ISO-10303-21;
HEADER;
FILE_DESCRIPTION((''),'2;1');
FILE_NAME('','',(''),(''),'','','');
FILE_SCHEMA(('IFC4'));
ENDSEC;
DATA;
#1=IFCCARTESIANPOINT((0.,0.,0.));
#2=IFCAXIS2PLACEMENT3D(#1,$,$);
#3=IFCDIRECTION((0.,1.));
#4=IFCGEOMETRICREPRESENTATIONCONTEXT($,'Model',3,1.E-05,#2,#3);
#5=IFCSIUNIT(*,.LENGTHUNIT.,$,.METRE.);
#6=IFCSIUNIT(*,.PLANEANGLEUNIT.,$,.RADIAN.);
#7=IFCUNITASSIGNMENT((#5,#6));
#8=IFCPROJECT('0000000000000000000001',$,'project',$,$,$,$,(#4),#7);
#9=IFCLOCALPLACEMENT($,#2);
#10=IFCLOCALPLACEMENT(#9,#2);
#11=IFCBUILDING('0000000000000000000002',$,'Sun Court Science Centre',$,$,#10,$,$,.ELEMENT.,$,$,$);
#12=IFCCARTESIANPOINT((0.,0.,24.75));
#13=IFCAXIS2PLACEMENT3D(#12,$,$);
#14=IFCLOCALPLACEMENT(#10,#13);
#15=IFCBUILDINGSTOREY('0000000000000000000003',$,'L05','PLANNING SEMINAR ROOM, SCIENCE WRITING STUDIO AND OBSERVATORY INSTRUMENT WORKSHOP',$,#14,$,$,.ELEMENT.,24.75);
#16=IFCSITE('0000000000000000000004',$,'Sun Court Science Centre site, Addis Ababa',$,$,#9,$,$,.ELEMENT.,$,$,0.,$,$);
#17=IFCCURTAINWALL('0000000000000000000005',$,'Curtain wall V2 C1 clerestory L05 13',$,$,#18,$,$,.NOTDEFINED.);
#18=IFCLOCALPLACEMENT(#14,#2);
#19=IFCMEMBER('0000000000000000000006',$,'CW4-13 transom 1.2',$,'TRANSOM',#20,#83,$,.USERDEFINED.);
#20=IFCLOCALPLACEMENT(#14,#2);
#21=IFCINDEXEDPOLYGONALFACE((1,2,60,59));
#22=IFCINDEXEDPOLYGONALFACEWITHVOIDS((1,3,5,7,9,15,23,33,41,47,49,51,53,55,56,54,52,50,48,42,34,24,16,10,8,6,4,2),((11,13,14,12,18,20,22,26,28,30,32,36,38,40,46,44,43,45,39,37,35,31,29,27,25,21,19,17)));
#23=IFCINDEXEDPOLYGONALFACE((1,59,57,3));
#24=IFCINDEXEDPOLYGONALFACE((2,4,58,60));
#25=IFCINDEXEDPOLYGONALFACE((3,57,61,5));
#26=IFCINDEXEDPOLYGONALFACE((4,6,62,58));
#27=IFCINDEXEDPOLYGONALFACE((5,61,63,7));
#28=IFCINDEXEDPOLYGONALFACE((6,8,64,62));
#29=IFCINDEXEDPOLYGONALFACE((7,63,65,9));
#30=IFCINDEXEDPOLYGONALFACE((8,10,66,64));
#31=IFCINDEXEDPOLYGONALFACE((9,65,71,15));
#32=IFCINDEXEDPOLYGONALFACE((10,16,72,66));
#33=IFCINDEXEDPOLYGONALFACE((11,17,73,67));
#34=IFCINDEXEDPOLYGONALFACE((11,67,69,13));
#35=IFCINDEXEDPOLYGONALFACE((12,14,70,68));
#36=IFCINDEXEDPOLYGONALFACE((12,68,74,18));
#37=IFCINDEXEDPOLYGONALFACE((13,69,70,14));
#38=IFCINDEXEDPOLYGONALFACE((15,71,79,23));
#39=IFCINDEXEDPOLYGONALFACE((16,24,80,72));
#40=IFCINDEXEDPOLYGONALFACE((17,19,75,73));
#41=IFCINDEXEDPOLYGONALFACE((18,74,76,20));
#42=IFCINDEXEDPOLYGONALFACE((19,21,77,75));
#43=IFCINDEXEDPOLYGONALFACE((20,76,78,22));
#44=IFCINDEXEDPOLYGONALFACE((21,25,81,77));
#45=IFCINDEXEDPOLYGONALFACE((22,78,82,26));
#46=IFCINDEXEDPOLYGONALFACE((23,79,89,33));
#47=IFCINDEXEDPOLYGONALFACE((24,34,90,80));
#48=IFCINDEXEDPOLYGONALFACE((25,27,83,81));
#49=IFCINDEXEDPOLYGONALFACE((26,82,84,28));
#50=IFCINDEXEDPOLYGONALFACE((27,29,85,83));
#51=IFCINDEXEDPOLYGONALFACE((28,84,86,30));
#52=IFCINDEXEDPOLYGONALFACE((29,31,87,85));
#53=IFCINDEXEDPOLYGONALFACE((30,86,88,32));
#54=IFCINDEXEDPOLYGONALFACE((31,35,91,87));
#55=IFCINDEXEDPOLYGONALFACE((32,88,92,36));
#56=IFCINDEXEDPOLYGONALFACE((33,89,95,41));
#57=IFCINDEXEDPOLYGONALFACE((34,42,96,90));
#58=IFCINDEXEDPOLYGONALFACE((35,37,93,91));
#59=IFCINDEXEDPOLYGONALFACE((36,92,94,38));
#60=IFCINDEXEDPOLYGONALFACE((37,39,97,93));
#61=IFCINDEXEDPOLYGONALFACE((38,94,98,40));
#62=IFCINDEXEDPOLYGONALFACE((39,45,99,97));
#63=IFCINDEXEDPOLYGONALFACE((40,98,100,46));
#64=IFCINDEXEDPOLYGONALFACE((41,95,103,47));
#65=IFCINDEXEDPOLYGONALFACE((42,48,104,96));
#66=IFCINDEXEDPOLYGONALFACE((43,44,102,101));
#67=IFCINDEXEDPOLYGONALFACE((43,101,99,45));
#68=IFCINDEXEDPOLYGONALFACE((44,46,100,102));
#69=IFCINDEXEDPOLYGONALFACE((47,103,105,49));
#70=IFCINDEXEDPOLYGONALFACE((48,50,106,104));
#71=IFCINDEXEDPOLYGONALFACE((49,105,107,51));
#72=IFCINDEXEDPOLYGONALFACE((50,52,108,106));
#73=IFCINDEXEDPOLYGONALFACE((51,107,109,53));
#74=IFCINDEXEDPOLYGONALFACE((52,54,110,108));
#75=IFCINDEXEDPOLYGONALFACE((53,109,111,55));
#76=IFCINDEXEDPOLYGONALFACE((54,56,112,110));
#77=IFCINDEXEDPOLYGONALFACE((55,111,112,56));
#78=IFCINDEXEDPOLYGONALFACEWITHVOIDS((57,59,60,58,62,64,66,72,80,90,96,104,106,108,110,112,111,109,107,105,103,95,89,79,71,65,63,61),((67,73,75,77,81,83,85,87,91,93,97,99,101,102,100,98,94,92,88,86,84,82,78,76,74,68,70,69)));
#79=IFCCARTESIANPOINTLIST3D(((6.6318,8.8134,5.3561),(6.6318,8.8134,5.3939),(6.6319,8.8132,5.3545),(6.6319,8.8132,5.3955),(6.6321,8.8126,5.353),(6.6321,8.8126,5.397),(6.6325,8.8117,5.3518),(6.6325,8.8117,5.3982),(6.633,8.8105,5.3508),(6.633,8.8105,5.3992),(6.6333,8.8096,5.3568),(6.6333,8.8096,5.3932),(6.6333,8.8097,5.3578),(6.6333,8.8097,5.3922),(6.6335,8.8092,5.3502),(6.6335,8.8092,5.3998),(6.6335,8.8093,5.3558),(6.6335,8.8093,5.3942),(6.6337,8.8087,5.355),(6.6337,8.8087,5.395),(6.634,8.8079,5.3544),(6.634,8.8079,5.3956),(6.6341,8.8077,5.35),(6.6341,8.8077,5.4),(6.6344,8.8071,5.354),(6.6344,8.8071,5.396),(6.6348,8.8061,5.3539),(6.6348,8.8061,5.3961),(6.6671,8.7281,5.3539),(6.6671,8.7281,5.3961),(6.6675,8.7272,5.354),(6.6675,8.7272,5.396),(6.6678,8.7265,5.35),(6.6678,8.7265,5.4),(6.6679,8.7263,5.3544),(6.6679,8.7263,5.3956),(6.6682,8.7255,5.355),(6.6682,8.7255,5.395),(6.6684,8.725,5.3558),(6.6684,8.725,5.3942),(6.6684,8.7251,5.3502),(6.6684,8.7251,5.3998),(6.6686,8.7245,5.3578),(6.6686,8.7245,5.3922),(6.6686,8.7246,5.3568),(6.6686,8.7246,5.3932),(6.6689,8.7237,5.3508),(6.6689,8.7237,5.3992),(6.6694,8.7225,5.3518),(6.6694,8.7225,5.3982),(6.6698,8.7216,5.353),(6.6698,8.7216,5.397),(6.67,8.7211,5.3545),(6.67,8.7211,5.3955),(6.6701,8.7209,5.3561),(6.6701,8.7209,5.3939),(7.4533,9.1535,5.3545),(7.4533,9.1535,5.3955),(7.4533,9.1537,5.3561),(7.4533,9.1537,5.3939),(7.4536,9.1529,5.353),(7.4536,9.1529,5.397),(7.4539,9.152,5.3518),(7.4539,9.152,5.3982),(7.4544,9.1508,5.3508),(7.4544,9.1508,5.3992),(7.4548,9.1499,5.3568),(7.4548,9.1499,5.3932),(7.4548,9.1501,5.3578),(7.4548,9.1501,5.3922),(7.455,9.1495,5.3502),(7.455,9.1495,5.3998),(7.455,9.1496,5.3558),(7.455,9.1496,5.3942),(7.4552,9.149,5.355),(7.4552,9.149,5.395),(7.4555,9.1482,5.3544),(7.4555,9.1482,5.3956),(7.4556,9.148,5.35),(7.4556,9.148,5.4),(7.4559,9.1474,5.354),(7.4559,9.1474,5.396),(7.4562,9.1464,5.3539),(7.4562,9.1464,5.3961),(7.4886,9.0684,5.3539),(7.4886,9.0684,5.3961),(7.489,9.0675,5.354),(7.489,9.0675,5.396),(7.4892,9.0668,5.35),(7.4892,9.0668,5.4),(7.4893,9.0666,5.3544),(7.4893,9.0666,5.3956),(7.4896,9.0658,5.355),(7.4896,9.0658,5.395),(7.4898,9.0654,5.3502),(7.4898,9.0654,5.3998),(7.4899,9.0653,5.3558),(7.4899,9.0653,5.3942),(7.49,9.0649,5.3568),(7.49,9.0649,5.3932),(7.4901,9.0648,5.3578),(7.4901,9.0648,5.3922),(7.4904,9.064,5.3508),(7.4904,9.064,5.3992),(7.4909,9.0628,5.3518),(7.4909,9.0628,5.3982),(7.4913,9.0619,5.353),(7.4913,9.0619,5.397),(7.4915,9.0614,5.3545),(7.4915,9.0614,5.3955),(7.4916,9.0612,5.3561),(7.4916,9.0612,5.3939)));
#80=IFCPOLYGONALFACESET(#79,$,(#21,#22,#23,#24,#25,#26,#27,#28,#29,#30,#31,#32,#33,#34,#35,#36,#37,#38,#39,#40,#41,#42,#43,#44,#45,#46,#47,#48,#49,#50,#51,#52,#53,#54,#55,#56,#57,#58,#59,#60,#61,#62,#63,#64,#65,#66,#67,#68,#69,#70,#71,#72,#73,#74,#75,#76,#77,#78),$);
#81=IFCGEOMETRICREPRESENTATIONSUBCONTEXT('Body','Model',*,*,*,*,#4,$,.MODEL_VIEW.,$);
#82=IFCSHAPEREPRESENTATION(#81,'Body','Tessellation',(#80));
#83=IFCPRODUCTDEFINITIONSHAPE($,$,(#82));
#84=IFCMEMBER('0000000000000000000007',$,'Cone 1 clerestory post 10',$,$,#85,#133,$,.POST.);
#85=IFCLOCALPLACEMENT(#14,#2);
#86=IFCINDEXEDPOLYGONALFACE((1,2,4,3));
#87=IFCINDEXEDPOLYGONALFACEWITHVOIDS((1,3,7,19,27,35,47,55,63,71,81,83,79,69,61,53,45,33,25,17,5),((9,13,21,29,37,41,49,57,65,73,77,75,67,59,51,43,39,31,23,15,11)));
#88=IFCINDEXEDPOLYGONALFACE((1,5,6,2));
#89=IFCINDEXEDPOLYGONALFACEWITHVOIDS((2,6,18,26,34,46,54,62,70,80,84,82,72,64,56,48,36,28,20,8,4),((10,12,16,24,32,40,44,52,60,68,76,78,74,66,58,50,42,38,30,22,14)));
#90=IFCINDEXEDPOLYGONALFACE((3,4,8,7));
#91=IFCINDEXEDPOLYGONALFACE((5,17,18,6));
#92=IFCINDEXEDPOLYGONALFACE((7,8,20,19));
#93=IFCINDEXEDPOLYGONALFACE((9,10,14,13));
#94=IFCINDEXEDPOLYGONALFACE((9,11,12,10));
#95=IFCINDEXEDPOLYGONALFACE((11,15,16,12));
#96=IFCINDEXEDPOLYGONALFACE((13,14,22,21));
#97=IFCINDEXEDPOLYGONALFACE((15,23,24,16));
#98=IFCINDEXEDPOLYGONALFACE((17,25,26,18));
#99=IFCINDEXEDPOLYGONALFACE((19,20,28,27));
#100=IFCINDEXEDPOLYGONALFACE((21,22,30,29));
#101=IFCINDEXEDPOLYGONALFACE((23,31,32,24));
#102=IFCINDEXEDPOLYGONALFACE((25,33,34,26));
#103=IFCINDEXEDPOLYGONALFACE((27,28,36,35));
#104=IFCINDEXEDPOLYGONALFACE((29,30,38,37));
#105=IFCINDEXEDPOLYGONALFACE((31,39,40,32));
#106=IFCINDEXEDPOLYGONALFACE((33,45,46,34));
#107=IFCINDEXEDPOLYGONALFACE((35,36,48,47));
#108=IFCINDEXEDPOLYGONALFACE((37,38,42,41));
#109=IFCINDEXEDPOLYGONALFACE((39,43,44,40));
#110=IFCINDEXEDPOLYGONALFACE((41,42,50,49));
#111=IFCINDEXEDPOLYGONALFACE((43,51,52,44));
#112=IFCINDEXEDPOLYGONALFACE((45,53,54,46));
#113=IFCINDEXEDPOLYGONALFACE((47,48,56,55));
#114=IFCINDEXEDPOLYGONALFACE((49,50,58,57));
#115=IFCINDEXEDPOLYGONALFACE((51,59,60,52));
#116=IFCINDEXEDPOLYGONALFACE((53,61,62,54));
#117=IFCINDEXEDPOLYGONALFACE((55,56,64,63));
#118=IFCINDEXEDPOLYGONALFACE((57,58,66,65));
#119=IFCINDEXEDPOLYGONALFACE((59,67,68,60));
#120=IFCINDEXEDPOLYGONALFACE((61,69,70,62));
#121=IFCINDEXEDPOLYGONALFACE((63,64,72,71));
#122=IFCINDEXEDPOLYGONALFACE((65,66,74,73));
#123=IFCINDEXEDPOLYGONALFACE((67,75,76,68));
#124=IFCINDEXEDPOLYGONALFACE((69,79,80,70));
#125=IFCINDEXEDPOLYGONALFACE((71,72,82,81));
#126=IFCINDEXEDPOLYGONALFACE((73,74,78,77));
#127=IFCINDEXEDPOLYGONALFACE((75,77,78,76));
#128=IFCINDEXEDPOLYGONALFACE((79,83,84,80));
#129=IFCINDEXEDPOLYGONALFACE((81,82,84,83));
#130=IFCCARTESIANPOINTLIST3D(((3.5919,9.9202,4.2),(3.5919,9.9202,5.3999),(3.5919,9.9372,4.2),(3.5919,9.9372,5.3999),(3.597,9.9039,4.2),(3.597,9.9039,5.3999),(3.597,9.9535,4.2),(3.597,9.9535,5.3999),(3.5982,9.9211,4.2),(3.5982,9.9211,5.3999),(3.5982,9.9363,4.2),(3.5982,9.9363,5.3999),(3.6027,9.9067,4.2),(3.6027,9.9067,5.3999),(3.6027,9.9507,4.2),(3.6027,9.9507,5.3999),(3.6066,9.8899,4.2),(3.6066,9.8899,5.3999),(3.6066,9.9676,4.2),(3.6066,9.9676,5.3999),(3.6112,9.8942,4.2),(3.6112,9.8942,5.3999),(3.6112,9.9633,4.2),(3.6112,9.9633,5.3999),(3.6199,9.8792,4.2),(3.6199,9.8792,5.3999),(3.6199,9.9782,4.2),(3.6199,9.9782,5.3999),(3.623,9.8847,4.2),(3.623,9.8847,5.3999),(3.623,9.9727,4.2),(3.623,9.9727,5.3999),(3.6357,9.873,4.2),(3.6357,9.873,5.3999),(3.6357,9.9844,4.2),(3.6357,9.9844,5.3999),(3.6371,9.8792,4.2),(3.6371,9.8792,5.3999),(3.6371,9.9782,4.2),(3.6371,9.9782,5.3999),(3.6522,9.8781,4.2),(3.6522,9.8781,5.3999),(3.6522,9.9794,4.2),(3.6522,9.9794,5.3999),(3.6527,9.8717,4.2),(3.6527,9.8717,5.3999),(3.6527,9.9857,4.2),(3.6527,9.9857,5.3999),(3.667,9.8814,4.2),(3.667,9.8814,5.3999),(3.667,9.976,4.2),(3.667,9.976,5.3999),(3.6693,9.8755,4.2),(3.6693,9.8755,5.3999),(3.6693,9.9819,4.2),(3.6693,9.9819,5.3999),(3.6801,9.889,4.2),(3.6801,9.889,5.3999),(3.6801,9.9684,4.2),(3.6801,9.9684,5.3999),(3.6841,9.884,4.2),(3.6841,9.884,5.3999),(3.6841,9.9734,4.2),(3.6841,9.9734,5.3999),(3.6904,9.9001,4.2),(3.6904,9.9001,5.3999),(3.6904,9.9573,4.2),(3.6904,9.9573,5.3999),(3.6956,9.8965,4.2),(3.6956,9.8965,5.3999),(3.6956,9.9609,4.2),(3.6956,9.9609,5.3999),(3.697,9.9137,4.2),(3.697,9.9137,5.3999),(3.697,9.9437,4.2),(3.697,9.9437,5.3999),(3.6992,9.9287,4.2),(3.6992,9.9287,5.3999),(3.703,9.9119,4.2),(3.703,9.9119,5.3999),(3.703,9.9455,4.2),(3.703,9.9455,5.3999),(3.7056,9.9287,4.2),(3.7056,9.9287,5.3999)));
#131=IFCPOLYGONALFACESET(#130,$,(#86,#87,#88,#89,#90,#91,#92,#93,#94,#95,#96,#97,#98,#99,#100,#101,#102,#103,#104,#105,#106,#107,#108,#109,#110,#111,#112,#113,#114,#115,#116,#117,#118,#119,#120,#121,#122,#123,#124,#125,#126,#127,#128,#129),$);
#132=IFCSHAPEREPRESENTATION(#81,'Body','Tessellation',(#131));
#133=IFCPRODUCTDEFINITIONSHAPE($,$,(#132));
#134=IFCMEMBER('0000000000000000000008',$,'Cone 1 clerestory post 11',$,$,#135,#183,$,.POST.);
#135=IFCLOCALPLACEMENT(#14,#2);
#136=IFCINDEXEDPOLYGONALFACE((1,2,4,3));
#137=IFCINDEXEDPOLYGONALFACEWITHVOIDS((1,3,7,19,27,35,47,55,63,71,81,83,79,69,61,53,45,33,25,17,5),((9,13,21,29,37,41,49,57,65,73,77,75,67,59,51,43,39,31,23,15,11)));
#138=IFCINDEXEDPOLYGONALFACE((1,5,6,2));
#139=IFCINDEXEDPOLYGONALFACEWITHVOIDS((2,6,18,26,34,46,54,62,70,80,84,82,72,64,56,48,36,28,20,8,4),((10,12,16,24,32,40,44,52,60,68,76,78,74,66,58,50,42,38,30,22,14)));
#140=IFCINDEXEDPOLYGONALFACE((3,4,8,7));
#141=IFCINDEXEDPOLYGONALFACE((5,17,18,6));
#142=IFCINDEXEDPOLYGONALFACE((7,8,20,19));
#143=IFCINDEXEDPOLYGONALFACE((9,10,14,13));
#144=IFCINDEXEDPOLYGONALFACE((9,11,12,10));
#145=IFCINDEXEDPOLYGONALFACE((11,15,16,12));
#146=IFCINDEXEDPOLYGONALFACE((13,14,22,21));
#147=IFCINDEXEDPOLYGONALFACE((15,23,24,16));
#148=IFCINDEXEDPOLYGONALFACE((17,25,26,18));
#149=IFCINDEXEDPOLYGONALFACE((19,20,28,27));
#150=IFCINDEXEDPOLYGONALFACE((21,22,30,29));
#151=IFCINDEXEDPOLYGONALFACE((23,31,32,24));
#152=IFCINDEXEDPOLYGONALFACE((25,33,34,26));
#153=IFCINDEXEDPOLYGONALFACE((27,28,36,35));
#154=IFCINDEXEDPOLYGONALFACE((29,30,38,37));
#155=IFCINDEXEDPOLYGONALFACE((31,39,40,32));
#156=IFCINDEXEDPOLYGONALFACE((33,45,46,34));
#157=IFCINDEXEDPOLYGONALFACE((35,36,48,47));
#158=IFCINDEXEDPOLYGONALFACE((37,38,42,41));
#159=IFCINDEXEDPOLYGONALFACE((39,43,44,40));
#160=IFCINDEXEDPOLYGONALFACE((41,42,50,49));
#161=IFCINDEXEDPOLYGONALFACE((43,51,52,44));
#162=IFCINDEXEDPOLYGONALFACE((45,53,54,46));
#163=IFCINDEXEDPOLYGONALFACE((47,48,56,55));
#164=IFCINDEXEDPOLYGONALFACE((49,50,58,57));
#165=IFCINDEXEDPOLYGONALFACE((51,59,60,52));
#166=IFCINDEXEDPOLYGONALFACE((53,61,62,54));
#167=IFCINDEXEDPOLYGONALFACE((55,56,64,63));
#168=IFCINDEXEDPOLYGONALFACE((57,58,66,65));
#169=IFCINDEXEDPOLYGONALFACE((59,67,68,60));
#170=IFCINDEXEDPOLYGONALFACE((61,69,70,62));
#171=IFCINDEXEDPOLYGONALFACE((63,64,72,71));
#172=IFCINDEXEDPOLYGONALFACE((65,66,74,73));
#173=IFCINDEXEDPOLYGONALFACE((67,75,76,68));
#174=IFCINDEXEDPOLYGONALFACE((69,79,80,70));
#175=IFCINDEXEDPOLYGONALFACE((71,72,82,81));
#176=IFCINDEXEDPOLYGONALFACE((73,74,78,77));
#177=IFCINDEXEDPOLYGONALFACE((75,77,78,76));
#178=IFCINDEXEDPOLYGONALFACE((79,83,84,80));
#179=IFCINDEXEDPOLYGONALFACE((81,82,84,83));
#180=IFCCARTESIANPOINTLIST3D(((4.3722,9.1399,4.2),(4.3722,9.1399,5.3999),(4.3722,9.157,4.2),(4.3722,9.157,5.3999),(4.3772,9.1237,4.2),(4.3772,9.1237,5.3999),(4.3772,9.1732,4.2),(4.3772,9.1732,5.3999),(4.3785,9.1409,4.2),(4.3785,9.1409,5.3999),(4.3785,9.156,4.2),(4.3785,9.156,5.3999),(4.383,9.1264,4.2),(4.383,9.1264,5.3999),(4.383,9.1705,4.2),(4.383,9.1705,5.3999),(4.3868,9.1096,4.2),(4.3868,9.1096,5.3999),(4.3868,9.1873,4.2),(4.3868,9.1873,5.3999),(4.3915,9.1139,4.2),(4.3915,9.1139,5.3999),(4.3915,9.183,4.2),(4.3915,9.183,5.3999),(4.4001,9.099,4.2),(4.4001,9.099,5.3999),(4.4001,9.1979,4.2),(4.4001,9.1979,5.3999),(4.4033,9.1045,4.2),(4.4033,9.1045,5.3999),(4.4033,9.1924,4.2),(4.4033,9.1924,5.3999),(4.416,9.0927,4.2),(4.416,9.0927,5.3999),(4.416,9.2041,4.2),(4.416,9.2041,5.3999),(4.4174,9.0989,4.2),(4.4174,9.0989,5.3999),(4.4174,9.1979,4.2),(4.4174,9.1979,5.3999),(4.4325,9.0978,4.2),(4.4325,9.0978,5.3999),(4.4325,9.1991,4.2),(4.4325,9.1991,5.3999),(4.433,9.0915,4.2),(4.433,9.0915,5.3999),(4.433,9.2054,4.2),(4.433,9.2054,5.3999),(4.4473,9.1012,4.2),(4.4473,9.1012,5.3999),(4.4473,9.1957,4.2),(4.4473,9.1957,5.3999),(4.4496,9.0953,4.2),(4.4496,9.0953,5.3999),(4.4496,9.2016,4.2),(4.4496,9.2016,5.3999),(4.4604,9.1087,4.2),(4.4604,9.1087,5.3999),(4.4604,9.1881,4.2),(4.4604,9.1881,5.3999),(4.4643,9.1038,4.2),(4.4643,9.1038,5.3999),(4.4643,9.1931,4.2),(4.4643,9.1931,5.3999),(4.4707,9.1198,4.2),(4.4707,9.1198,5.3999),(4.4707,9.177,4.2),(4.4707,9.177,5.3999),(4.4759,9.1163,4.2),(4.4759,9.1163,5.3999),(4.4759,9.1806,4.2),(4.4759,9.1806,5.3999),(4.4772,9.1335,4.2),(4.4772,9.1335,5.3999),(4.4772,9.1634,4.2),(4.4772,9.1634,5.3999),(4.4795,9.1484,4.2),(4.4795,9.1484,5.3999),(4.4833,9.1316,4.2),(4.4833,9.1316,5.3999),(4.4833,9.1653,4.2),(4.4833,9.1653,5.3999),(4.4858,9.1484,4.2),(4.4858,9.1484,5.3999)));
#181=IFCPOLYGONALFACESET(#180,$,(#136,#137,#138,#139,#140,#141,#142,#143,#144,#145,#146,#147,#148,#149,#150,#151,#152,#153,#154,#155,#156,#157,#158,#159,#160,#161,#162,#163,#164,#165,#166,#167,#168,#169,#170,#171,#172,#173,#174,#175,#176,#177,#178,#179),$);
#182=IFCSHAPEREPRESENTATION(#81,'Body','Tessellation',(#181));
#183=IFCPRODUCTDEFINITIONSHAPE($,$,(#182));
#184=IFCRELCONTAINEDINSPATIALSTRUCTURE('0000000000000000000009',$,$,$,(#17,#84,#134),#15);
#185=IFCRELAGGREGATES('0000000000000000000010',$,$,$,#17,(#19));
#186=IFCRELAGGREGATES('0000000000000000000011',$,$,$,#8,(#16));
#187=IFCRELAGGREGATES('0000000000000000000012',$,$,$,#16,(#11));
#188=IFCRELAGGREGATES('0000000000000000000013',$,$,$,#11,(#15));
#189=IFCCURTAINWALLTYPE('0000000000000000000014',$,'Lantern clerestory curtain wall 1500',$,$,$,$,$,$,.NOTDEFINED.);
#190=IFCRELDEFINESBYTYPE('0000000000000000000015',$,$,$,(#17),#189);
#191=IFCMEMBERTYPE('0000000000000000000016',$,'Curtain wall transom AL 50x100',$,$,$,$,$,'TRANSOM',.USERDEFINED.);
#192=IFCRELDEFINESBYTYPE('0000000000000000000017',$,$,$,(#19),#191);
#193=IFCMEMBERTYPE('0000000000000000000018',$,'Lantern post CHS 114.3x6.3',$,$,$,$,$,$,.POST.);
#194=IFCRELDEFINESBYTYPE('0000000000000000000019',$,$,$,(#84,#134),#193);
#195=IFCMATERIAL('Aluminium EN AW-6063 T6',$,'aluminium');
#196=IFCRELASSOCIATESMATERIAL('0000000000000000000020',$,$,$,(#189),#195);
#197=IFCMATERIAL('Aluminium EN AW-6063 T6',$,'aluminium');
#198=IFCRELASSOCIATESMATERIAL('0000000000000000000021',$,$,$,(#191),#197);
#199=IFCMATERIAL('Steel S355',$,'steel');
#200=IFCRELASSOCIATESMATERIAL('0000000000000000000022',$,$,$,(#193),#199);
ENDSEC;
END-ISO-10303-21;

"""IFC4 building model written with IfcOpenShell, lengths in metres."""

from ifc_helpers import new_model, si_unit, direction, frame, origin, origin_2d, place, context, subcontext, project, spatial, hollow_rectangle, hollow_circle, extrude, material, material_profile, profile_set, type_object, element, aggregate, save


model = new_model("IFC4")

# Units and contexts
model_context = context("Model", 3, precision=1e-05, world=origin(), true_north=direction((0.0, 1.0)))
body_context = subcontext(model_context, "Body", "Model", "MODEL_VIEW")
ifc_project = project(units=[si_unit("LENGTHUNIT", "METRE"), si_unit("PLANEANGLEUNIT", "RADIAN")], contexts=[model_context])

# Site, building, storey
site_placement = place(None, origin())
site = spatial("IfcSite", under=ifc_project, at=site_placement, Name="Sun Court Science Centre site, Addis Ababa", CompositionType="ELEMENT", RefElevation=0.0)
building_placement = place(site_placement, origin())
building = spatial("IfcBuilding", under=site, at=building_placement, Name="Sun Court Science Centre", CompositionType="ELEMENT")
storey_placement = place(building_placement, frame((0.0, 0.0, 24.75)))
storey = spatial("IfcBuildingStorey", under=building, at=storey_placement, Name="L05", Description="PLANNING SEMINAR ROOM, SCIENCE WRITING STUDIO AND OBSERVATORY INSTRUMENT WORKSHOP", CompositionType="ELEMENT", Elevation=24.75)

# Curtain wall
ifc_material_1 = material(Name="Aluminium EN AW-6063 T6", Category="aluminium")
curtain_wall_type = type_object("IfcCurtainWallType", Name="Lantern clerestory curtain wall 1500", PredefinedType="NOTDEFINED", material=ifc_material_1)
curtain_wall_1_placement = place(storey_placement, origin())
curtain_wall_1 = element("IfcCurtainWall", 1, at=curtain_wall_1_placement, inside=storey, type_object=curtain_wall_type, Name="Curtain wall V2 C1 clerestory L05 13", PredefinedType="NOTDEFINED")

# Shared definitions
ifc_material_2 = material(Name="Aluminium EN AW-6063 T6", Category="aluminium")
ifc_material_profile_1 = material_profile(ifc_material_2, hollow_rectangle(XDim=0.05, YDim=0.1001, WallThickness=0.0039, InnerFilletRadius=0.0039, OuterFilletRadius=0.0061, at=origin_2d()), Name="AL 50x100x4")
ifc_profile_set_1 = profile_set([ifc_material_profile_1], Name="Aluminium EN AW-6063 T6")
member_type_1 = type_object("IfcMemberType", Name="Curtain wall transom AL 50x100", ElementType="TRANSOM", PredefinedType="USERDEFINED", material=ifc_profile_set_1)

# Member
member_1_placement = place(storey_placement, frame((7.4724, 9.1074, 5.375), z_axis=(-0.923863, -0.382724, 0.0), x_axis=(0.0, 0.0, 1.0)))
member_1 = element("IfcMember", 2, at=member_1_placement, type_object=member_type_1, Name="CW4-13 transom 1.2", ObjectType="TRANSOM", PredefinedType="USERDEFINED", context=body_context, shape_type="SweptSolid", body=[
    extrude(hollow_rectangle(XDim=0.05, YDim=0.1001, WallThickness=0.0039, InnerFilletRadius=0.0039, OuterFilletRadius=0.0061, at=origin_2d()), origin(), (0.0, 0.0, 1.0), 0.8892),
])

# Members
ifc_material_3 = material(Name="Steel S355", Category="steel")
ifc_material_profile_2 = material_profile(ifc_material_3, hollow_circle(Radius=0.0571, WallThickness=0.0063, at=origin_2d()), Name="CHS 114.3x6.3")
ifc_profile_set_2 = profile_set([ifc_material_profile_2], Name="Steel S355")
member_type_2 = type_object("IfcMemberType", Name="Lantern post CHS 114.3x6.3", PredefinedType="POST", material=ifc_profile_set_2)
for number, where, z_axis, x_axis, name in (
    (3, (3.6484, 9.9287, 4.2), (0.0, 0.0, 1.0), (1.0, 0.0, 0.0), "Cone 1 clerestory post 10"),
    (4, (4.4287, 9.1484, 4.2), (0.0, 0.0, 1.0), (1.0, 0.0, 0.0), "Cone 1 clerestory post 11"),
):
    element("IfcMember", number, at=place(storey_placement, frame(where, z_axis=z_axis, x_axis=x_axis)), inside=storey, type_object=member_type_2, Name=name, PredefinedType="POST", context=body_context, shape_type="SweptSolid", body=[
        extrude(hollow_circle(Radius=0.0571, WallThickness=0.0063, at=origin_2d()), origin(), (0.0, 0.0, 1.0), 1.2),
    ])

aggregate(curtain_wall_1, [member_1])

save(model, "model.ifc")
